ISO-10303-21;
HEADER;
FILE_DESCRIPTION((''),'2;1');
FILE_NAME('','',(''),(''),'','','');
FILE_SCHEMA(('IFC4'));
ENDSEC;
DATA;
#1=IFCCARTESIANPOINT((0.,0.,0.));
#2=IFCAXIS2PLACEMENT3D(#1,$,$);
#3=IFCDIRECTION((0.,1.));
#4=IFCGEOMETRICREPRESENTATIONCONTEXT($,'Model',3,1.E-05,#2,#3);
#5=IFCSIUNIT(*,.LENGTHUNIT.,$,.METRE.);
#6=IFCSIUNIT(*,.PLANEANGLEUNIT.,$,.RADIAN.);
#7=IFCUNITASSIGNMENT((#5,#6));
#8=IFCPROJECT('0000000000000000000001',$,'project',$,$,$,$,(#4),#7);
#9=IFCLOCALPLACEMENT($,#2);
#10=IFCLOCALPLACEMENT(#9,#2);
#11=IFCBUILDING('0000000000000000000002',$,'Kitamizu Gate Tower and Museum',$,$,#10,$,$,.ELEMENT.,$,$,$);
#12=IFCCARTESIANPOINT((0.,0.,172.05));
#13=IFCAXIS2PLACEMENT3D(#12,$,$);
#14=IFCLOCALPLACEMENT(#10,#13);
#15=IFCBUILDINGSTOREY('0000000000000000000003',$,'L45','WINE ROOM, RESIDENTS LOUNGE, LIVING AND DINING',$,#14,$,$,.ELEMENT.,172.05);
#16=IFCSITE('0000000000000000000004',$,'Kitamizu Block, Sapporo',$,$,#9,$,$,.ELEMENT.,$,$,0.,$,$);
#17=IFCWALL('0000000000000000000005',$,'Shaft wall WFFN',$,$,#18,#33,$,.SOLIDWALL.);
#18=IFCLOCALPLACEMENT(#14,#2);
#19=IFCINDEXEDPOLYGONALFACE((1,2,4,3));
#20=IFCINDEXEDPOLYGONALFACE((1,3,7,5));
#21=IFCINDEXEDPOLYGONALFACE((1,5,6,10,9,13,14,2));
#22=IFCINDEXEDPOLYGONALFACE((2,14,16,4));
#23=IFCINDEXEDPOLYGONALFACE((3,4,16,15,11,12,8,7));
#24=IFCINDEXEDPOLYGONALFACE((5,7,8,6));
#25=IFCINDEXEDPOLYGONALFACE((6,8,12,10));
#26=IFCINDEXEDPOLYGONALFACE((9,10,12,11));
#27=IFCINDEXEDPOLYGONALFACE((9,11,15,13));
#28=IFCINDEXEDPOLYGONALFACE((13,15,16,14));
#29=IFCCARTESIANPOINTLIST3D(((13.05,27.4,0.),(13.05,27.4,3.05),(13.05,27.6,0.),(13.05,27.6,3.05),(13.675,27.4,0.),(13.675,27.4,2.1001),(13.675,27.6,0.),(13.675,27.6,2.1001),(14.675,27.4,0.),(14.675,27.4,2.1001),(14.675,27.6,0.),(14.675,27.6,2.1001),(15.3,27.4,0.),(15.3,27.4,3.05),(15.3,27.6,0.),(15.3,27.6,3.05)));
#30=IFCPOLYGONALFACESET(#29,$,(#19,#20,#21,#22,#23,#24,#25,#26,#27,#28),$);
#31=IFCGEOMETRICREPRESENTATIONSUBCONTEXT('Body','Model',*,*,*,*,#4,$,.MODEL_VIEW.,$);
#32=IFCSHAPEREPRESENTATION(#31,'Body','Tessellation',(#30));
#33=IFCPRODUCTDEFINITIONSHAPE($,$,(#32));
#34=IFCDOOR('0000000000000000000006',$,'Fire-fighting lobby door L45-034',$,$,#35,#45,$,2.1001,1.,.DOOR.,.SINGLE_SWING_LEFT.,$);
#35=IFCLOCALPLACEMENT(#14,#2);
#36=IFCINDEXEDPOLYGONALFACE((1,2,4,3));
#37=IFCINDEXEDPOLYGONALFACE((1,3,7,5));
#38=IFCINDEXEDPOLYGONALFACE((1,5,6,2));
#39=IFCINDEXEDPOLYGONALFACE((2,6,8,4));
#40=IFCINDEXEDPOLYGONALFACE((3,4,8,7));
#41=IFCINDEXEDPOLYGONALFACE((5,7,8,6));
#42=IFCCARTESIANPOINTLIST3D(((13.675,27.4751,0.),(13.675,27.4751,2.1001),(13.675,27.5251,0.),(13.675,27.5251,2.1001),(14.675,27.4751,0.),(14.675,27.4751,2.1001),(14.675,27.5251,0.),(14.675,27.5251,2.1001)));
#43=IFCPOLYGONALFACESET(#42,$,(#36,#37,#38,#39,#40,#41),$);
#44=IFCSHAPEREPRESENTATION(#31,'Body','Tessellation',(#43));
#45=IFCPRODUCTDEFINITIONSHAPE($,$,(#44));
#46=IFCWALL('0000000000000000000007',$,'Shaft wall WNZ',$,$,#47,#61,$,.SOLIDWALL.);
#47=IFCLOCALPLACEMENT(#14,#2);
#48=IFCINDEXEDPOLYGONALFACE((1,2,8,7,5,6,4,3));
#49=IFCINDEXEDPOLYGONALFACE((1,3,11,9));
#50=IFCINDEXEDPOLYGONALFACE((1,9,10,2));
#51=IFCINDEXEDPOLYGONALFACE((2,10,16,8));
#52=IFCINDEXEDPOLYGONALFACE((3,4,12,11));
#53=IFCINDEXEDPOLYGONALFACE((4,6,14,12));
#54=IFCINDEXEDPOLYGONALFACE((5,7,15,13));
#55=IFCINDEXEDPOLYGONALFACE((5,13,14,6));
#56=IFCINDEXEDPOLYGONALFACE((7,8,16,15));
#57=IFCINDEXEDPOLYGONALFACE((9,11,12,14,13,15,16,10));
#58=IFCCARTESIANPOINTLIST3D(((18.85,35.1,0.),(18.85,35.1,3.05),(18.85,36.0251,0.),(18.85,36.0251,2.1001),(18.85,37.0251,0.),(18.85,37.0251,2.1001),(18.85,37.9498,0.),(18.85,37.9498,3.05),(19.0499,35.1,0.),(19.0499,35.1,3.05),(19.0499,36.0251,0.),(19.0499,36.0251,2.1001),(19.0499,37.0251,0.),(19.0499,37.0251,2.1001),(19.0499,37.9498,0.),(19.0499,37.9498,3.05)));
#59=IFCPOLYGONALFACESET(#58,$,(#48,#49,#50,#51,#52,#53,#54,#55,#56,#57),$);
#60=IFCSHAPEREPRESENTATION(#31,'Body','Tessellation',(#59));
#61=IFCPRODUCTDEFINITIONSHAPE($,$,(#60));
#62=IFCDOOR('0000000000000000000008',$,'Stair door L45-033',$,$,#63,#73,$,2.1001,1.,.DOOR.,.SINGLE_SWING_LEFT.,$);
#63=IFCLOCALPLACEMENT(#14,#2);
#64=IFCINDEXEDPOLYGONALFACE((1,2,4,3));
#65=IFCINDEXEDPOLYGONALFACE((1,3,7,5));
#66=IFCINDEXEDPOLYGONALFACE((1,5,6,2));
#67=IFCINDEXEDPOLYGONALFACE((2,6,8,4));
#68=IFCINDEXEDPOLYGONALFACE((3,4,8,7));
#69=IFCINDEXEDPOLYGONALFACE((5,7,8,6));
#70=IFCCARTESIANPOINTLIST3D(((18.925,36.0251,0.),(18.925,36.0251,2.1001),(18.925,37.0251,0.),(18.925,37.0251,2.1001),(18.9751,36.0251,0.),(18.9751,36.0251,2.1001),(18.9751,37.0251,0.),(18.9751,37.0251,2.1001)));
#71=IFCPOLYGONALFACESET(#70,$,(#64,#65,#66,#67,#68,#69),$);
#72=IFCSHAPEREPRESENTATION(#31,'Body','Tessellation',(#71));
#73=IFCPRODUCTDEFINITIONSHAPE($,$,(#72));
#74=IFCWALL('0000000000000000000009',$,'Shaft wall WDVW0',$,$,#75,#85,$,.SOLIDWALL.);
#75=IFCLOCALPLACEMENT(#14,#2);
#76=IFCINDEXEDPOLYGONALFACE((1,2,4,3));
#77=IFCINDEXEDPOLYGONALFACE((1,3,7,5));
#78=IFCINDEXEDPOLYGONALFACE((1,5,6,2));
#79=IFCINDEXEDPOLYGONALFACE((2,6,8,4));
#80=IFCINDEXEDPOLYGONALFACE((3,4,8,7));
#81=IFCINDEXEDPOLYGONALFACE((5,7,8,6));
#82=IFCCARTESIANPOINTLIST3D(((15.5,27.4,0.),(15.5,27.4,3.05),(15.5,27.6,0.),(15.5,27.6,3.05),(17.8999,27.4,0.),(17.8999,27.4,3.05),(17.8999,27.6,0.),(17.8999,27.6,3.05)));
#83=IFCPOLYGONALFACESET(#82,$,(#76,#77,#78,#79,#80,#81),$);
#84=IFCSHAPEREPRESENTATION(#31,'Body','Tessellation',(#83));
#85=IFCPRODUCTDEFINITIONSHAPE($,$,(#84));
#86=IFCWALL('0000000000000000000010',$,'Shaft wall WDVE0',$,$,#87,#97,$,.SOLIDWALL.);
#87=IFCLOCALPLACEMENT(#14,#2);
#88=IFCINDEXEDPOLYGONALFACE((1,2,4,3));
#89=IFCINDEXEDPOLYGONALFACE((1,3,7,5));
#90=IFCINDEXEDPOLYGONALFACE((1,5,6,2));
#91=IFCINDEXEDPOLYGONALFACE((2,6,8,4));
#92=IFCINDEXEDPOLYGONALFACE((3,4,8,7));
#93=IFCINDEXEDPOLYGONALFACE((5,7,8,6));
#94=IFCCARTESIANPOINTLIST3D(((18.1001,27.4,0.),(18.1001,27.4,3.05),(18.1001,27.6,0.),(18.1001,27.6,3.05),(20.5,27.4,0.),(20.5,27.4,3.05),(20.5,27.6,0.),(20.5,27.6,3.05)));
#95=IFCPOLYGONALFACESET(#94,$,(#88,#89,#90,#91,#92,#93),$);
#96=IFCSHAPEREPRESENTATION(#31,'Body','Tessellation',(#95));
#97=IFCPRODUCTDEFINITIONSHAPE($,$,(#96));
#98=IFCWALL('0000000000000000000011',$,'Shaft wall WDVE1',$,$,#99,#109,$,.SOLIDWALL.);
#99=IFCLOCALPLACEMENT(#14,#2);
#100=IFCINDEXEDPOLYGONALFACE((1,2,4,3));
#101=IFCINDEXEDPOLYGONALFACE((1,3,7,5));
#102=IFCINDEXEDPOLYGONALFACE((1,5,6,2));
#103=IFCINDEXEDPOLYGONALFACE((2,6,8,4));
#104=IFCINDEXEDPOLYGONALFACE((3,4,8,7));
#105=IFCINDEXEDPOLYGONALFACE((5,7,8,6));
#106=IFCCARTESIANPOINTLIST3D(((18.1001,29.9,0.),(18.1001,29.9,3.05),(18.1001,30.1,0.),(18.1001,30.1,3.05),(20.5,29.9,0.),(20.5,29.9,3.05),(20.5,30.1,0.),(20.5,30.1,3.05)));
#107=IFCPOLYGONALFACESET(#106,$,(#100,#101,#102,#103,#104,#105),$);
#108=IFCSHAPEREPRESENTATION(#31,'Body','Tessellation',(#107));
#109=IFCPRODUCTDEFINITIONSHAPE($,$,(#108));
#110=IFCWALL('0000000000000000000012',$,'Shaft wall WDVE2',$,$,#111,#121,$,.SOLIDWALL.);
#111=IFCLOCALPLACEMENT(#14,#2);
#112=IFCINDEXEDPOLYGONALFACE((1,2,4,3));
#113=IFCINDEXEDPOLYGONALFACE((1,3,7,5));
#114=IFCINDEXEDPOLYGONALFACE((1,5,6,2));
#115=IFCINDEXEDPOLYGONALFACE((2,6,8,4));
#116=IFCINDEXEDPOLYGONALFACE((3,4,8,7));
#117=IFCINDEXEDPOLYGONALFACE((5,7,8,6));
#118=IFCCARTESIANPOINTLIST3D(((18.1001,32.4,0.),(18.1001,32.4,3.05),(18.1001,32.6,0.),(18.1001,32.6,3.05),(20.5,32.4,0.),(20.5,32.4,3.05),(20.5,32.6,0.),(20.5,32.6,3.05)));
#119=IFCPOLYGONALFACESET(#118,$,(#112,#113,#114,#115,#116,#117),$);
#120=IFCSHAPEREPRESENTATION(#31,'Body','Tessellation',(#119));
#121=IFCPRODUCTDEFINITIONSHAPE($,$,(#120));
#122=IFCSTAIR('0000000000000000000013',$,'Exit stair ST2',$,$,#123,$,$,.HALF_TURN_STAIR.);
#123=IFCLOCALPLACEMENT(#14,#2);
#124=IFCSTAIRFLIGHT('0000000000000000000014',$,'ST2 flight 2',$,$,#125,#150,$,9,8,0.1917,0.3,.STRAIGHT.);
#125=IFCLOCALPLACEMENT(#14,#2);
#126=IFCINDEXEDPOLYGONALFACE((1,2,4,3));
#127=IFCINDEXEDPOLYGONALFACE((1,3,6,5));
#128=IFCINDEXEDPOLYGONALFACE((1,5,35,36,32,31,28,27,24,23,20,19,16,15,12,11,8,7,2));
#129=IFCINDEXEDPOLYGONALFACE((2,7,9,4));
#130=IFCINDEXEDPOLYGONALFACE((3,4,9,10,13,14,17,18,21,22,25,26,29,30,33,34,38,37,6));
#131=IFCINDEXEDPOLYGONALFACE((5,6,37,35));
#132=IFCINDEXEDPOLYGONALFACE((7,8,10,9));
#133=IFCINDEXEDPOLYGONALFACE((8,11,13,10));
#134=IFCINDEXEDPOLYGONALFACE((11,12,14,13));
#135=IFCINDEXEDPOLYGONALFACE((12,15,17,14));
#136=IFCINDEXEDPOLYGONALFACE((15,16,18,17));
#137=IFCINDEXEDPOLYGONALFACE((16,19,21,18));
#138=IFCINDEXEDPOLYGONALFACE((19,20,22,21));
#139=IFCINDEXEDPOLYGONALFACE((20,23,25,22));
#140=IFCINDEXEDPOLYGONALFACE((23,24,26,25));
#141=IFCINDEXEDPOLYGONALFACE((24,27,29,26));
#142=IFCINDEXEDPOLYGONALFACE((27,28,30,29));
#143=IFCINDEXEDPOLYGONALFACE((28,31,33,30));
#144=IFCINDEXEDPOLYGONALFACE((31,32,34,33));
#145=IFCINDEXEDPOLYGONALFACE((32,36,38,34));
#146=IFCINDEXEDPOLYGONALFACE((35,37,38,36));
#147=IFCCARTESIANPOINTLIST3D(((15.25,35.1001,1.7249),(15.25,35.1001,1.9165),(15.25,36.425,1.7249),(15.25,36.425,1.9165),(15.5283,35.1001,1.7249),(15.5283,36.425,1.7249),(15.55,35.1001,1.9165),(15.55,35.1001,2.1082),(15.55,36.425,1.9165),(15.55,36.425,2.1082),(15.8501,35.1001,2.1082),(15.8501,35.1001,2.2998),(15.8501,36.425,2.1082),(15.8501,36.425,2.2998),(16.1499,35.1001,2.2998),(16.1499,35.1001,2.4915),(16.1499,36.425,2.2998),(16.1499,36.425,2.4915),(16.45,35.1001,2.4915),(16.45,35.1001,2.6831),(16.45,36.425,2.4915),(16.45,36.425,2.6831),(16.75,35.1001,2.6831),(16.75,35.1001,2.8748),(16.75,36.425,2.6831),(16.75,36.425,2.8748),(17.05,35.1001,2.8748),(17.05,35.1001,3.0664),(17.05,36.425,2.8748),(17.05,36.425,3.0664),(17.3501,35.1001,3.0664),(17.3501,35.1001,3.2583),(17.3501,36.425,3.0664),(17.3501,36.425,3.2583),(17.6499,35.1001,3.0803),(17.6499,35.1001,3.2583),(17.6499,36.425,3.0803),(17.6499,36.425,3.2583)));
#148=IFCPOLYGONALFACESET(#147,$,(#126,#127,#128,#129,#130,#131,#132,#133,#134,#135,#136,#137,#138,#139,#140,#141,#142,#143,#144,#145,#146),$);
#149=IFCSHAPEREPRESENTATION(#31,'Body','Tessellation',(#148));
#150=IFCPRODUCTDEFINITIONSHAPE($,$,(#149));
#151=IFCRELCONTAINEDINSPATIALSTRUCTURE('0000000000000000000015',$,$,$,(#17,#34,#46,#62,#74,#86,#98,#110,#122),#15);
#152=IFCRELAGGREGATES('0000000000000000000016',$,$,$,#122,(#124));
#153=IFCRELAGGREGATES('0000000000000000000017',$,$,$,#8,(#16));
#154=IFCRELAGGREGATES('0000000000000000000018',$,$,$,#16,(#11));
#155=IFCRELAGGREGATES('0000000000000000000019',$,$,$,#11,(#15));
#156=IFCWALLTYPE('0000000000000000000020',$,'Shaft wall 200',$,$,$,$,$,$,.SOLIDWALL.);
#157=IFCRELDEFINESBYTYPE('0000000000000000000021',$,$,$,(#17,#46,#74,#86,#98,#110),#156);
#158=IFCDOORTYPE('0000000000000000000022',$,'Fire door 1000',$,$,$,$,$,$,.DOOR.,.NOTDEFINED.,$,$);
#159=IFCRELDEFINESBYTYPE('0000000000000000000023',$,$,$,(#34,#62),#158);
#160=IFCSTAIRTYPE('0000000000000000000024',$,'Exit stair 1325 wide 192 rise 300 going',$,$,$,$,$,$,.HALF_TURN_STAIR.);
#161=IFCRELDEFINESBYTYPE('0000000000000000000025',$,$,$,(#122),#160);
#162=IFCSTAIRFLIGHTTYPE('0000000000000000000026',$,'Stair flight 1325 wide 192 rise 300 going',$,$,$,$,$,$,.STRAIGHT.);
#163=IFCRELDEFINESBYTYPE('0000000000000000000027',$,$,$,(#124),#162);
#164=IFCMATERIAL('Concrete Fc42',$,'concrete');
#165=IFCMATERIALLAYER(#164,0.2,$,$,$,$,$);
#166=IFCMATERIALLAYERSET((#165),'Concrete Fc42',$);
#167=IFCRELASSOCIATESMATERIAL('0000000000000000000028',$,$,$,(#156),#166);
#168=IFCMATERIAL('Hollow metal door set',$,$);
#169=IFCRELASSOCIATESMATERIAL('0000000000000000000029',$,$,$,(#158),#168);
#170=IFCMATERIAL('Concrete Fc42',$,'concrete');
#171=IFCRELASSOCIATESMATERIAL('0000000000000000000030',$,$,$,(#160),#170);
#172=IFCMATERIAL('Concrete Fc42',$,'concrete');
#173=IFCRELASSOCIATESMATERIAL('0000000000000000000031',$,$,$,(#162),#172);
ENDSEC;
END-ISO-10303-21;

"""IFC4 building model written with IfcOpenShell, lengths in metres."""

from ifc_helpers import new_model, si_unit, direction, frame, frame_2d, origin, place, context, subcontext, project, spatial, polyline, rectangle, outline, extrude, material, layer, layer_set, type_object, element, fill, aggregate, save


model = new_model("IFC4")

# Units and contexts
model_context = context("Model", 3, precision=1e-05, world=origin(), true_north=direction((0.0, 1.0)))
body_context = subcontext(model_context, "Body", "Model", "MODEL_VIEW")
ifc_project = project(units=[si_unit("LENGTHUNIT", "METRE"), si_unit("PLANEANGLEUNIT", "RADIAN")], contexts=[model_context])

# Site, building, storey
site_placement = place(None, origin())
site = spatial("IfcSite", under=ifc_project, at=site_placement, Name="Kitamizu Block, Sapporo", CompositionType="ELEMENT", RefElevation=0.0)
building_placement = place(site_placement, origin())
building = spatial("IfcBuilding", under=site, at=building_placement, Name="Kitamizu Gate Tower and Museum", CompositionType="ELEMENT")
storey_placement = place(building_placement, frame((0.0, 0.0, 172.05)))
storey = spatial("IfcBuildingStorey", under=building, at=storey_placement, Name="L45", Description="WINE ROOM, RESIDENTS LOUNGE, LIVING AND DINING", CompositionType="ELEMENT", Elevation=172.05)

# Shared definitions
ifc_material_1 = material(Name="Concrete Fc42", Category="concrete")
ifc_layer_1 = layer(ifc_material_1, 0.2)
ifc_layer_set_1 = layer_set([ifc_layer_1], Name="Concrete Fc42")
wall_type_1 = type_object("IfcWallType", Name="Shaft wall 200", PredefinedType="SOLIDWALL", material=ifc_layer_set_1)
ifc_material_2 = material(Name="Hollow metal door set")
door_type_1 = type_object("IfcDoorType", Name="Fire door 1000", OperationType="NOTDEFINED", PredefinedType="DOOR", material=ifc_material_2)

# Walls, openings, doors
wall_1_placement = place(storey_placement, frame((13.05, 27.5, 0.0), z_axis=(0.0, 0.0, 1.0), x_axis=(1.0, 0.0, 0.0)))
wall_1 = element("IfcWall", 1, at=wall_1_placement, inside=storey, type_object=wall_type_1, Name="Shaft wall WFFN", PredefinedType="SOLIDWALL", context=body_context, shape_type="SweptSolid", body=[
    extrude(rectangle(XDim=2.25, YDim=0.2, at=frame_2d((1.125, 0.0))), origin(), (0.0, 0.0, 1.0), 3.05),
])
opening_1_placement = place(wall_1_placement, frame((0.625, 0.0, 0.0)))
opening_1 = element("IfcOpeningElement", 2, at=opening_1_placement, cuts=wall_1, PredefinedType="OPENING", context=body_context, shape_type="SweptSolid", body=[
    extrude(rectangle(XDim=1.0, YDim=2.1001, at=frame_2d((0.5, 1.05))), frame((0.0, 0.1099, 0.0), z_axis=(0.0, -1.0, 0.0), x_axis=(1.0, 0.0, 0.0)), (0.0, 0.0, 1.0), 0.22),
])
door_1_placement = place(opening_1_placement, frame((1.0, 0.0, 0.0), x_axis=(-1.0, 0.0, 0.0)))
door_1 = element("IfcDoor", 3, at=door_1_placement, inside=storey, type_object=door_type_1, Name="Fire-fighting lobby door L45-034", OperationType="SINGLE_SWING_LEFT", OverallHeight=2.1001, OverallWidth=1.0, PredefinedType="DOOR", context=body_context, shape_type="SweptSolid", body=[
    extrude(rectangle(XDim=1.0, YDim=2.1001, at=frame_2d((0.5, 1.05))), frame((0.0, 0.0249, 0.0), z_axis=(0.0, -1.0, 0.0), x_axis=(1.0, 0.0, 0.0)), (0.0, 0.0, 1.0), 0.05),
])
fill(opening_1, door_1)
wall_2_placement = place(storey_placement, frame((18.95, 35.1001, 0.0), z_axis=(0.0, 0.0, 1.0), x_axis=(0.0, 1.0, 0.0)))
wall_2 = element("IfcWall", 4, at=wall_2_placement, inside=storey, type_object=wall_type_1, Name="Shaft wall WNZ", PredefinedType="SOLIDWALL", context=body_context, shape_type="SweptSolid", body=[
    extrude(rectangle(XDim=2.8499, YDim=0.2, at=frame_2d((1.4248, 0.0))), origin(), (0.0, 0.0, 1.0), 3.05),
])
opening_2_placement = place(wall_2_placement, frame((0.925, 0.0, 0.0)))
opening_2 = element("IfcOpeningElement", 5, at=opening_2_placement, cuts=wall_2, PredefinedType="OPENING", context=body_context, shape_type="SweptSolid", body=[
    extrude(rectangle(XDim=1.0, YDim=2.1001, at=frame_2d((0.5, 1.05))), frame((0.0, 0.1099, 0.0), z_axis=(0.0, -1.0, 0.0), x_axis=(1.0, 0.0, 0.0)), (0.0, 0.0, 1.0), 0.22),
])
door_2_placement = place(opening_2_placement, origin())
door_2 = element("IfcDoor", 6, at=door_2_placement, inside=storey, type_object=door_type_1, Name="Stair door L45-033", OperationType="SINGLE_SWING_LEFT", OverallHeight=2.1001, OverallWidth=1.0, PredefinedType="DOOR", context=body_context, shape_type="SweptSolid", body=[
    extrude(rectangle(XDim=1.0, YDim=2.1001, at=frame_2d((0.5, 1.05))), frame((0.0, 0.0249, 0.0), z_axis=(0.0, -1.0, 0.0), x_axis=(1.0, 0.0, 0.0)), (0.0, 0.0, 1.0), 0.05),
])
fill(opening_2, door_2)

# Walls
for number, where, z_axis, x_axis, name in (
    (7, (15.5, 27.5, 0.0), (0.0, 0.0, 1.0), (1.0, 0.0, 0.0), "Shaft wall WDVW0"),
    (8, (18.1001, 27.5, 0.0), (0.0, 0.0, 1.0), (1.0, 0.0, 0.0), "Shaft wall WDVE0"),
    (9, (18.1001, 30.0, 0.0), (0.0, 0.0, 1.0), (1.0, 0.0, 0.0), "Shaft wall WDVE1"),
    (10, (18.1001, 32.5, 0.0), (0.0, 0.0, 1.0), (1.0, 0.0, 0.0), "Shaft wall WDVE2"),
):
    element("IfcWall", number, at=place(storey_placement, frame(where, z_axis=z_axis, x_axis=x_axis)), inside=storey, type_object=wall_type_1, Name=name, PredefinedType="SOLIDWALL", context=body_context, shape_type="SweptSolid", body=[
        extrude(rectangle(XDim=2.3999, YDim=0.2, at=frame_2d((1.2, 0.0))), origin(), (0.0, 0.0, 1.0), 3.05),
    ])

# Stair, stair flight
ifc_material_3 = material(Name="Concrete Fc42", Category="concrete")
stair_type = type_object("IfcStairType", Name="Exit stair 1325 wide 192 rise 300 going", PredefinedType="HALF_TURN_STAIR", material=ifc_material_3)
stair_placement = place(storey_placement, origin())
stair = element("IfcStair", 11, at=stair_placement, inside=storey, type_object=stair_type, Name="Exit stair ST2", PredefinedType="HALF_TURN_STAIR")
ifc_material_4 = material(Name="Concrete Fc42", Category="concrete")
stair_flight_type = type_object("IfcStairFlightType", Name="Stair flight 1325 wide 192 rise 300 going", PredefinedType="STRAIGHT", material=ifc_material_4)
stair_flight_placement = place(storey_placement, frame((15.25, 35.7625, 1.7249), z_axis=(0.0, 0.0, 1.0), x_axis=(1.0, 0.0, 0.0)))
stair_flight = element("IfcStairFlight", 12, at=stair_flight_placement, type_object=stair_flight_type, Name="ST2 flight 2", NumberOfRisers=9, NumberOfTreads=8, PredefinedType="STRAIGHT", RiserHeight=0.1917, TreadLength=0.3, context=body_context, shape_type="SweptSolid", body=[
    extrude(outline(polyline([(0.0, 0.0), (0.0, 0.1917), (0.3, 0.1917), (0.3, 0.3833), (0.6001, 0.3833), (0.6001, 0.575), (0.8999, 0.575), (0.8999, 0.7666), (1.2, 0.7666), (1.2, 0.9583), (1.5, 0.9583), (1.5, 1.1499), (1.8, 1.1499), (1.8, 1.3416), (2.1001, 1.3416), (2.1001, 1.5334), (2.3999, 1.5334), (2.3999, 1.7251), (2.3999, 1.3555), (0.2783, 0.0), (0.0, 0.0)])), frame((0.0, 0.6626, 0.0), z_axis=(0.0, -1.0, 0.0), x_axis=(1.0, 0.0, 0.0)), (0.0, 0.0, 1.0), 1.325),
])
aggregate(stair, [stair_flight])

save(model, "model.ifc")
